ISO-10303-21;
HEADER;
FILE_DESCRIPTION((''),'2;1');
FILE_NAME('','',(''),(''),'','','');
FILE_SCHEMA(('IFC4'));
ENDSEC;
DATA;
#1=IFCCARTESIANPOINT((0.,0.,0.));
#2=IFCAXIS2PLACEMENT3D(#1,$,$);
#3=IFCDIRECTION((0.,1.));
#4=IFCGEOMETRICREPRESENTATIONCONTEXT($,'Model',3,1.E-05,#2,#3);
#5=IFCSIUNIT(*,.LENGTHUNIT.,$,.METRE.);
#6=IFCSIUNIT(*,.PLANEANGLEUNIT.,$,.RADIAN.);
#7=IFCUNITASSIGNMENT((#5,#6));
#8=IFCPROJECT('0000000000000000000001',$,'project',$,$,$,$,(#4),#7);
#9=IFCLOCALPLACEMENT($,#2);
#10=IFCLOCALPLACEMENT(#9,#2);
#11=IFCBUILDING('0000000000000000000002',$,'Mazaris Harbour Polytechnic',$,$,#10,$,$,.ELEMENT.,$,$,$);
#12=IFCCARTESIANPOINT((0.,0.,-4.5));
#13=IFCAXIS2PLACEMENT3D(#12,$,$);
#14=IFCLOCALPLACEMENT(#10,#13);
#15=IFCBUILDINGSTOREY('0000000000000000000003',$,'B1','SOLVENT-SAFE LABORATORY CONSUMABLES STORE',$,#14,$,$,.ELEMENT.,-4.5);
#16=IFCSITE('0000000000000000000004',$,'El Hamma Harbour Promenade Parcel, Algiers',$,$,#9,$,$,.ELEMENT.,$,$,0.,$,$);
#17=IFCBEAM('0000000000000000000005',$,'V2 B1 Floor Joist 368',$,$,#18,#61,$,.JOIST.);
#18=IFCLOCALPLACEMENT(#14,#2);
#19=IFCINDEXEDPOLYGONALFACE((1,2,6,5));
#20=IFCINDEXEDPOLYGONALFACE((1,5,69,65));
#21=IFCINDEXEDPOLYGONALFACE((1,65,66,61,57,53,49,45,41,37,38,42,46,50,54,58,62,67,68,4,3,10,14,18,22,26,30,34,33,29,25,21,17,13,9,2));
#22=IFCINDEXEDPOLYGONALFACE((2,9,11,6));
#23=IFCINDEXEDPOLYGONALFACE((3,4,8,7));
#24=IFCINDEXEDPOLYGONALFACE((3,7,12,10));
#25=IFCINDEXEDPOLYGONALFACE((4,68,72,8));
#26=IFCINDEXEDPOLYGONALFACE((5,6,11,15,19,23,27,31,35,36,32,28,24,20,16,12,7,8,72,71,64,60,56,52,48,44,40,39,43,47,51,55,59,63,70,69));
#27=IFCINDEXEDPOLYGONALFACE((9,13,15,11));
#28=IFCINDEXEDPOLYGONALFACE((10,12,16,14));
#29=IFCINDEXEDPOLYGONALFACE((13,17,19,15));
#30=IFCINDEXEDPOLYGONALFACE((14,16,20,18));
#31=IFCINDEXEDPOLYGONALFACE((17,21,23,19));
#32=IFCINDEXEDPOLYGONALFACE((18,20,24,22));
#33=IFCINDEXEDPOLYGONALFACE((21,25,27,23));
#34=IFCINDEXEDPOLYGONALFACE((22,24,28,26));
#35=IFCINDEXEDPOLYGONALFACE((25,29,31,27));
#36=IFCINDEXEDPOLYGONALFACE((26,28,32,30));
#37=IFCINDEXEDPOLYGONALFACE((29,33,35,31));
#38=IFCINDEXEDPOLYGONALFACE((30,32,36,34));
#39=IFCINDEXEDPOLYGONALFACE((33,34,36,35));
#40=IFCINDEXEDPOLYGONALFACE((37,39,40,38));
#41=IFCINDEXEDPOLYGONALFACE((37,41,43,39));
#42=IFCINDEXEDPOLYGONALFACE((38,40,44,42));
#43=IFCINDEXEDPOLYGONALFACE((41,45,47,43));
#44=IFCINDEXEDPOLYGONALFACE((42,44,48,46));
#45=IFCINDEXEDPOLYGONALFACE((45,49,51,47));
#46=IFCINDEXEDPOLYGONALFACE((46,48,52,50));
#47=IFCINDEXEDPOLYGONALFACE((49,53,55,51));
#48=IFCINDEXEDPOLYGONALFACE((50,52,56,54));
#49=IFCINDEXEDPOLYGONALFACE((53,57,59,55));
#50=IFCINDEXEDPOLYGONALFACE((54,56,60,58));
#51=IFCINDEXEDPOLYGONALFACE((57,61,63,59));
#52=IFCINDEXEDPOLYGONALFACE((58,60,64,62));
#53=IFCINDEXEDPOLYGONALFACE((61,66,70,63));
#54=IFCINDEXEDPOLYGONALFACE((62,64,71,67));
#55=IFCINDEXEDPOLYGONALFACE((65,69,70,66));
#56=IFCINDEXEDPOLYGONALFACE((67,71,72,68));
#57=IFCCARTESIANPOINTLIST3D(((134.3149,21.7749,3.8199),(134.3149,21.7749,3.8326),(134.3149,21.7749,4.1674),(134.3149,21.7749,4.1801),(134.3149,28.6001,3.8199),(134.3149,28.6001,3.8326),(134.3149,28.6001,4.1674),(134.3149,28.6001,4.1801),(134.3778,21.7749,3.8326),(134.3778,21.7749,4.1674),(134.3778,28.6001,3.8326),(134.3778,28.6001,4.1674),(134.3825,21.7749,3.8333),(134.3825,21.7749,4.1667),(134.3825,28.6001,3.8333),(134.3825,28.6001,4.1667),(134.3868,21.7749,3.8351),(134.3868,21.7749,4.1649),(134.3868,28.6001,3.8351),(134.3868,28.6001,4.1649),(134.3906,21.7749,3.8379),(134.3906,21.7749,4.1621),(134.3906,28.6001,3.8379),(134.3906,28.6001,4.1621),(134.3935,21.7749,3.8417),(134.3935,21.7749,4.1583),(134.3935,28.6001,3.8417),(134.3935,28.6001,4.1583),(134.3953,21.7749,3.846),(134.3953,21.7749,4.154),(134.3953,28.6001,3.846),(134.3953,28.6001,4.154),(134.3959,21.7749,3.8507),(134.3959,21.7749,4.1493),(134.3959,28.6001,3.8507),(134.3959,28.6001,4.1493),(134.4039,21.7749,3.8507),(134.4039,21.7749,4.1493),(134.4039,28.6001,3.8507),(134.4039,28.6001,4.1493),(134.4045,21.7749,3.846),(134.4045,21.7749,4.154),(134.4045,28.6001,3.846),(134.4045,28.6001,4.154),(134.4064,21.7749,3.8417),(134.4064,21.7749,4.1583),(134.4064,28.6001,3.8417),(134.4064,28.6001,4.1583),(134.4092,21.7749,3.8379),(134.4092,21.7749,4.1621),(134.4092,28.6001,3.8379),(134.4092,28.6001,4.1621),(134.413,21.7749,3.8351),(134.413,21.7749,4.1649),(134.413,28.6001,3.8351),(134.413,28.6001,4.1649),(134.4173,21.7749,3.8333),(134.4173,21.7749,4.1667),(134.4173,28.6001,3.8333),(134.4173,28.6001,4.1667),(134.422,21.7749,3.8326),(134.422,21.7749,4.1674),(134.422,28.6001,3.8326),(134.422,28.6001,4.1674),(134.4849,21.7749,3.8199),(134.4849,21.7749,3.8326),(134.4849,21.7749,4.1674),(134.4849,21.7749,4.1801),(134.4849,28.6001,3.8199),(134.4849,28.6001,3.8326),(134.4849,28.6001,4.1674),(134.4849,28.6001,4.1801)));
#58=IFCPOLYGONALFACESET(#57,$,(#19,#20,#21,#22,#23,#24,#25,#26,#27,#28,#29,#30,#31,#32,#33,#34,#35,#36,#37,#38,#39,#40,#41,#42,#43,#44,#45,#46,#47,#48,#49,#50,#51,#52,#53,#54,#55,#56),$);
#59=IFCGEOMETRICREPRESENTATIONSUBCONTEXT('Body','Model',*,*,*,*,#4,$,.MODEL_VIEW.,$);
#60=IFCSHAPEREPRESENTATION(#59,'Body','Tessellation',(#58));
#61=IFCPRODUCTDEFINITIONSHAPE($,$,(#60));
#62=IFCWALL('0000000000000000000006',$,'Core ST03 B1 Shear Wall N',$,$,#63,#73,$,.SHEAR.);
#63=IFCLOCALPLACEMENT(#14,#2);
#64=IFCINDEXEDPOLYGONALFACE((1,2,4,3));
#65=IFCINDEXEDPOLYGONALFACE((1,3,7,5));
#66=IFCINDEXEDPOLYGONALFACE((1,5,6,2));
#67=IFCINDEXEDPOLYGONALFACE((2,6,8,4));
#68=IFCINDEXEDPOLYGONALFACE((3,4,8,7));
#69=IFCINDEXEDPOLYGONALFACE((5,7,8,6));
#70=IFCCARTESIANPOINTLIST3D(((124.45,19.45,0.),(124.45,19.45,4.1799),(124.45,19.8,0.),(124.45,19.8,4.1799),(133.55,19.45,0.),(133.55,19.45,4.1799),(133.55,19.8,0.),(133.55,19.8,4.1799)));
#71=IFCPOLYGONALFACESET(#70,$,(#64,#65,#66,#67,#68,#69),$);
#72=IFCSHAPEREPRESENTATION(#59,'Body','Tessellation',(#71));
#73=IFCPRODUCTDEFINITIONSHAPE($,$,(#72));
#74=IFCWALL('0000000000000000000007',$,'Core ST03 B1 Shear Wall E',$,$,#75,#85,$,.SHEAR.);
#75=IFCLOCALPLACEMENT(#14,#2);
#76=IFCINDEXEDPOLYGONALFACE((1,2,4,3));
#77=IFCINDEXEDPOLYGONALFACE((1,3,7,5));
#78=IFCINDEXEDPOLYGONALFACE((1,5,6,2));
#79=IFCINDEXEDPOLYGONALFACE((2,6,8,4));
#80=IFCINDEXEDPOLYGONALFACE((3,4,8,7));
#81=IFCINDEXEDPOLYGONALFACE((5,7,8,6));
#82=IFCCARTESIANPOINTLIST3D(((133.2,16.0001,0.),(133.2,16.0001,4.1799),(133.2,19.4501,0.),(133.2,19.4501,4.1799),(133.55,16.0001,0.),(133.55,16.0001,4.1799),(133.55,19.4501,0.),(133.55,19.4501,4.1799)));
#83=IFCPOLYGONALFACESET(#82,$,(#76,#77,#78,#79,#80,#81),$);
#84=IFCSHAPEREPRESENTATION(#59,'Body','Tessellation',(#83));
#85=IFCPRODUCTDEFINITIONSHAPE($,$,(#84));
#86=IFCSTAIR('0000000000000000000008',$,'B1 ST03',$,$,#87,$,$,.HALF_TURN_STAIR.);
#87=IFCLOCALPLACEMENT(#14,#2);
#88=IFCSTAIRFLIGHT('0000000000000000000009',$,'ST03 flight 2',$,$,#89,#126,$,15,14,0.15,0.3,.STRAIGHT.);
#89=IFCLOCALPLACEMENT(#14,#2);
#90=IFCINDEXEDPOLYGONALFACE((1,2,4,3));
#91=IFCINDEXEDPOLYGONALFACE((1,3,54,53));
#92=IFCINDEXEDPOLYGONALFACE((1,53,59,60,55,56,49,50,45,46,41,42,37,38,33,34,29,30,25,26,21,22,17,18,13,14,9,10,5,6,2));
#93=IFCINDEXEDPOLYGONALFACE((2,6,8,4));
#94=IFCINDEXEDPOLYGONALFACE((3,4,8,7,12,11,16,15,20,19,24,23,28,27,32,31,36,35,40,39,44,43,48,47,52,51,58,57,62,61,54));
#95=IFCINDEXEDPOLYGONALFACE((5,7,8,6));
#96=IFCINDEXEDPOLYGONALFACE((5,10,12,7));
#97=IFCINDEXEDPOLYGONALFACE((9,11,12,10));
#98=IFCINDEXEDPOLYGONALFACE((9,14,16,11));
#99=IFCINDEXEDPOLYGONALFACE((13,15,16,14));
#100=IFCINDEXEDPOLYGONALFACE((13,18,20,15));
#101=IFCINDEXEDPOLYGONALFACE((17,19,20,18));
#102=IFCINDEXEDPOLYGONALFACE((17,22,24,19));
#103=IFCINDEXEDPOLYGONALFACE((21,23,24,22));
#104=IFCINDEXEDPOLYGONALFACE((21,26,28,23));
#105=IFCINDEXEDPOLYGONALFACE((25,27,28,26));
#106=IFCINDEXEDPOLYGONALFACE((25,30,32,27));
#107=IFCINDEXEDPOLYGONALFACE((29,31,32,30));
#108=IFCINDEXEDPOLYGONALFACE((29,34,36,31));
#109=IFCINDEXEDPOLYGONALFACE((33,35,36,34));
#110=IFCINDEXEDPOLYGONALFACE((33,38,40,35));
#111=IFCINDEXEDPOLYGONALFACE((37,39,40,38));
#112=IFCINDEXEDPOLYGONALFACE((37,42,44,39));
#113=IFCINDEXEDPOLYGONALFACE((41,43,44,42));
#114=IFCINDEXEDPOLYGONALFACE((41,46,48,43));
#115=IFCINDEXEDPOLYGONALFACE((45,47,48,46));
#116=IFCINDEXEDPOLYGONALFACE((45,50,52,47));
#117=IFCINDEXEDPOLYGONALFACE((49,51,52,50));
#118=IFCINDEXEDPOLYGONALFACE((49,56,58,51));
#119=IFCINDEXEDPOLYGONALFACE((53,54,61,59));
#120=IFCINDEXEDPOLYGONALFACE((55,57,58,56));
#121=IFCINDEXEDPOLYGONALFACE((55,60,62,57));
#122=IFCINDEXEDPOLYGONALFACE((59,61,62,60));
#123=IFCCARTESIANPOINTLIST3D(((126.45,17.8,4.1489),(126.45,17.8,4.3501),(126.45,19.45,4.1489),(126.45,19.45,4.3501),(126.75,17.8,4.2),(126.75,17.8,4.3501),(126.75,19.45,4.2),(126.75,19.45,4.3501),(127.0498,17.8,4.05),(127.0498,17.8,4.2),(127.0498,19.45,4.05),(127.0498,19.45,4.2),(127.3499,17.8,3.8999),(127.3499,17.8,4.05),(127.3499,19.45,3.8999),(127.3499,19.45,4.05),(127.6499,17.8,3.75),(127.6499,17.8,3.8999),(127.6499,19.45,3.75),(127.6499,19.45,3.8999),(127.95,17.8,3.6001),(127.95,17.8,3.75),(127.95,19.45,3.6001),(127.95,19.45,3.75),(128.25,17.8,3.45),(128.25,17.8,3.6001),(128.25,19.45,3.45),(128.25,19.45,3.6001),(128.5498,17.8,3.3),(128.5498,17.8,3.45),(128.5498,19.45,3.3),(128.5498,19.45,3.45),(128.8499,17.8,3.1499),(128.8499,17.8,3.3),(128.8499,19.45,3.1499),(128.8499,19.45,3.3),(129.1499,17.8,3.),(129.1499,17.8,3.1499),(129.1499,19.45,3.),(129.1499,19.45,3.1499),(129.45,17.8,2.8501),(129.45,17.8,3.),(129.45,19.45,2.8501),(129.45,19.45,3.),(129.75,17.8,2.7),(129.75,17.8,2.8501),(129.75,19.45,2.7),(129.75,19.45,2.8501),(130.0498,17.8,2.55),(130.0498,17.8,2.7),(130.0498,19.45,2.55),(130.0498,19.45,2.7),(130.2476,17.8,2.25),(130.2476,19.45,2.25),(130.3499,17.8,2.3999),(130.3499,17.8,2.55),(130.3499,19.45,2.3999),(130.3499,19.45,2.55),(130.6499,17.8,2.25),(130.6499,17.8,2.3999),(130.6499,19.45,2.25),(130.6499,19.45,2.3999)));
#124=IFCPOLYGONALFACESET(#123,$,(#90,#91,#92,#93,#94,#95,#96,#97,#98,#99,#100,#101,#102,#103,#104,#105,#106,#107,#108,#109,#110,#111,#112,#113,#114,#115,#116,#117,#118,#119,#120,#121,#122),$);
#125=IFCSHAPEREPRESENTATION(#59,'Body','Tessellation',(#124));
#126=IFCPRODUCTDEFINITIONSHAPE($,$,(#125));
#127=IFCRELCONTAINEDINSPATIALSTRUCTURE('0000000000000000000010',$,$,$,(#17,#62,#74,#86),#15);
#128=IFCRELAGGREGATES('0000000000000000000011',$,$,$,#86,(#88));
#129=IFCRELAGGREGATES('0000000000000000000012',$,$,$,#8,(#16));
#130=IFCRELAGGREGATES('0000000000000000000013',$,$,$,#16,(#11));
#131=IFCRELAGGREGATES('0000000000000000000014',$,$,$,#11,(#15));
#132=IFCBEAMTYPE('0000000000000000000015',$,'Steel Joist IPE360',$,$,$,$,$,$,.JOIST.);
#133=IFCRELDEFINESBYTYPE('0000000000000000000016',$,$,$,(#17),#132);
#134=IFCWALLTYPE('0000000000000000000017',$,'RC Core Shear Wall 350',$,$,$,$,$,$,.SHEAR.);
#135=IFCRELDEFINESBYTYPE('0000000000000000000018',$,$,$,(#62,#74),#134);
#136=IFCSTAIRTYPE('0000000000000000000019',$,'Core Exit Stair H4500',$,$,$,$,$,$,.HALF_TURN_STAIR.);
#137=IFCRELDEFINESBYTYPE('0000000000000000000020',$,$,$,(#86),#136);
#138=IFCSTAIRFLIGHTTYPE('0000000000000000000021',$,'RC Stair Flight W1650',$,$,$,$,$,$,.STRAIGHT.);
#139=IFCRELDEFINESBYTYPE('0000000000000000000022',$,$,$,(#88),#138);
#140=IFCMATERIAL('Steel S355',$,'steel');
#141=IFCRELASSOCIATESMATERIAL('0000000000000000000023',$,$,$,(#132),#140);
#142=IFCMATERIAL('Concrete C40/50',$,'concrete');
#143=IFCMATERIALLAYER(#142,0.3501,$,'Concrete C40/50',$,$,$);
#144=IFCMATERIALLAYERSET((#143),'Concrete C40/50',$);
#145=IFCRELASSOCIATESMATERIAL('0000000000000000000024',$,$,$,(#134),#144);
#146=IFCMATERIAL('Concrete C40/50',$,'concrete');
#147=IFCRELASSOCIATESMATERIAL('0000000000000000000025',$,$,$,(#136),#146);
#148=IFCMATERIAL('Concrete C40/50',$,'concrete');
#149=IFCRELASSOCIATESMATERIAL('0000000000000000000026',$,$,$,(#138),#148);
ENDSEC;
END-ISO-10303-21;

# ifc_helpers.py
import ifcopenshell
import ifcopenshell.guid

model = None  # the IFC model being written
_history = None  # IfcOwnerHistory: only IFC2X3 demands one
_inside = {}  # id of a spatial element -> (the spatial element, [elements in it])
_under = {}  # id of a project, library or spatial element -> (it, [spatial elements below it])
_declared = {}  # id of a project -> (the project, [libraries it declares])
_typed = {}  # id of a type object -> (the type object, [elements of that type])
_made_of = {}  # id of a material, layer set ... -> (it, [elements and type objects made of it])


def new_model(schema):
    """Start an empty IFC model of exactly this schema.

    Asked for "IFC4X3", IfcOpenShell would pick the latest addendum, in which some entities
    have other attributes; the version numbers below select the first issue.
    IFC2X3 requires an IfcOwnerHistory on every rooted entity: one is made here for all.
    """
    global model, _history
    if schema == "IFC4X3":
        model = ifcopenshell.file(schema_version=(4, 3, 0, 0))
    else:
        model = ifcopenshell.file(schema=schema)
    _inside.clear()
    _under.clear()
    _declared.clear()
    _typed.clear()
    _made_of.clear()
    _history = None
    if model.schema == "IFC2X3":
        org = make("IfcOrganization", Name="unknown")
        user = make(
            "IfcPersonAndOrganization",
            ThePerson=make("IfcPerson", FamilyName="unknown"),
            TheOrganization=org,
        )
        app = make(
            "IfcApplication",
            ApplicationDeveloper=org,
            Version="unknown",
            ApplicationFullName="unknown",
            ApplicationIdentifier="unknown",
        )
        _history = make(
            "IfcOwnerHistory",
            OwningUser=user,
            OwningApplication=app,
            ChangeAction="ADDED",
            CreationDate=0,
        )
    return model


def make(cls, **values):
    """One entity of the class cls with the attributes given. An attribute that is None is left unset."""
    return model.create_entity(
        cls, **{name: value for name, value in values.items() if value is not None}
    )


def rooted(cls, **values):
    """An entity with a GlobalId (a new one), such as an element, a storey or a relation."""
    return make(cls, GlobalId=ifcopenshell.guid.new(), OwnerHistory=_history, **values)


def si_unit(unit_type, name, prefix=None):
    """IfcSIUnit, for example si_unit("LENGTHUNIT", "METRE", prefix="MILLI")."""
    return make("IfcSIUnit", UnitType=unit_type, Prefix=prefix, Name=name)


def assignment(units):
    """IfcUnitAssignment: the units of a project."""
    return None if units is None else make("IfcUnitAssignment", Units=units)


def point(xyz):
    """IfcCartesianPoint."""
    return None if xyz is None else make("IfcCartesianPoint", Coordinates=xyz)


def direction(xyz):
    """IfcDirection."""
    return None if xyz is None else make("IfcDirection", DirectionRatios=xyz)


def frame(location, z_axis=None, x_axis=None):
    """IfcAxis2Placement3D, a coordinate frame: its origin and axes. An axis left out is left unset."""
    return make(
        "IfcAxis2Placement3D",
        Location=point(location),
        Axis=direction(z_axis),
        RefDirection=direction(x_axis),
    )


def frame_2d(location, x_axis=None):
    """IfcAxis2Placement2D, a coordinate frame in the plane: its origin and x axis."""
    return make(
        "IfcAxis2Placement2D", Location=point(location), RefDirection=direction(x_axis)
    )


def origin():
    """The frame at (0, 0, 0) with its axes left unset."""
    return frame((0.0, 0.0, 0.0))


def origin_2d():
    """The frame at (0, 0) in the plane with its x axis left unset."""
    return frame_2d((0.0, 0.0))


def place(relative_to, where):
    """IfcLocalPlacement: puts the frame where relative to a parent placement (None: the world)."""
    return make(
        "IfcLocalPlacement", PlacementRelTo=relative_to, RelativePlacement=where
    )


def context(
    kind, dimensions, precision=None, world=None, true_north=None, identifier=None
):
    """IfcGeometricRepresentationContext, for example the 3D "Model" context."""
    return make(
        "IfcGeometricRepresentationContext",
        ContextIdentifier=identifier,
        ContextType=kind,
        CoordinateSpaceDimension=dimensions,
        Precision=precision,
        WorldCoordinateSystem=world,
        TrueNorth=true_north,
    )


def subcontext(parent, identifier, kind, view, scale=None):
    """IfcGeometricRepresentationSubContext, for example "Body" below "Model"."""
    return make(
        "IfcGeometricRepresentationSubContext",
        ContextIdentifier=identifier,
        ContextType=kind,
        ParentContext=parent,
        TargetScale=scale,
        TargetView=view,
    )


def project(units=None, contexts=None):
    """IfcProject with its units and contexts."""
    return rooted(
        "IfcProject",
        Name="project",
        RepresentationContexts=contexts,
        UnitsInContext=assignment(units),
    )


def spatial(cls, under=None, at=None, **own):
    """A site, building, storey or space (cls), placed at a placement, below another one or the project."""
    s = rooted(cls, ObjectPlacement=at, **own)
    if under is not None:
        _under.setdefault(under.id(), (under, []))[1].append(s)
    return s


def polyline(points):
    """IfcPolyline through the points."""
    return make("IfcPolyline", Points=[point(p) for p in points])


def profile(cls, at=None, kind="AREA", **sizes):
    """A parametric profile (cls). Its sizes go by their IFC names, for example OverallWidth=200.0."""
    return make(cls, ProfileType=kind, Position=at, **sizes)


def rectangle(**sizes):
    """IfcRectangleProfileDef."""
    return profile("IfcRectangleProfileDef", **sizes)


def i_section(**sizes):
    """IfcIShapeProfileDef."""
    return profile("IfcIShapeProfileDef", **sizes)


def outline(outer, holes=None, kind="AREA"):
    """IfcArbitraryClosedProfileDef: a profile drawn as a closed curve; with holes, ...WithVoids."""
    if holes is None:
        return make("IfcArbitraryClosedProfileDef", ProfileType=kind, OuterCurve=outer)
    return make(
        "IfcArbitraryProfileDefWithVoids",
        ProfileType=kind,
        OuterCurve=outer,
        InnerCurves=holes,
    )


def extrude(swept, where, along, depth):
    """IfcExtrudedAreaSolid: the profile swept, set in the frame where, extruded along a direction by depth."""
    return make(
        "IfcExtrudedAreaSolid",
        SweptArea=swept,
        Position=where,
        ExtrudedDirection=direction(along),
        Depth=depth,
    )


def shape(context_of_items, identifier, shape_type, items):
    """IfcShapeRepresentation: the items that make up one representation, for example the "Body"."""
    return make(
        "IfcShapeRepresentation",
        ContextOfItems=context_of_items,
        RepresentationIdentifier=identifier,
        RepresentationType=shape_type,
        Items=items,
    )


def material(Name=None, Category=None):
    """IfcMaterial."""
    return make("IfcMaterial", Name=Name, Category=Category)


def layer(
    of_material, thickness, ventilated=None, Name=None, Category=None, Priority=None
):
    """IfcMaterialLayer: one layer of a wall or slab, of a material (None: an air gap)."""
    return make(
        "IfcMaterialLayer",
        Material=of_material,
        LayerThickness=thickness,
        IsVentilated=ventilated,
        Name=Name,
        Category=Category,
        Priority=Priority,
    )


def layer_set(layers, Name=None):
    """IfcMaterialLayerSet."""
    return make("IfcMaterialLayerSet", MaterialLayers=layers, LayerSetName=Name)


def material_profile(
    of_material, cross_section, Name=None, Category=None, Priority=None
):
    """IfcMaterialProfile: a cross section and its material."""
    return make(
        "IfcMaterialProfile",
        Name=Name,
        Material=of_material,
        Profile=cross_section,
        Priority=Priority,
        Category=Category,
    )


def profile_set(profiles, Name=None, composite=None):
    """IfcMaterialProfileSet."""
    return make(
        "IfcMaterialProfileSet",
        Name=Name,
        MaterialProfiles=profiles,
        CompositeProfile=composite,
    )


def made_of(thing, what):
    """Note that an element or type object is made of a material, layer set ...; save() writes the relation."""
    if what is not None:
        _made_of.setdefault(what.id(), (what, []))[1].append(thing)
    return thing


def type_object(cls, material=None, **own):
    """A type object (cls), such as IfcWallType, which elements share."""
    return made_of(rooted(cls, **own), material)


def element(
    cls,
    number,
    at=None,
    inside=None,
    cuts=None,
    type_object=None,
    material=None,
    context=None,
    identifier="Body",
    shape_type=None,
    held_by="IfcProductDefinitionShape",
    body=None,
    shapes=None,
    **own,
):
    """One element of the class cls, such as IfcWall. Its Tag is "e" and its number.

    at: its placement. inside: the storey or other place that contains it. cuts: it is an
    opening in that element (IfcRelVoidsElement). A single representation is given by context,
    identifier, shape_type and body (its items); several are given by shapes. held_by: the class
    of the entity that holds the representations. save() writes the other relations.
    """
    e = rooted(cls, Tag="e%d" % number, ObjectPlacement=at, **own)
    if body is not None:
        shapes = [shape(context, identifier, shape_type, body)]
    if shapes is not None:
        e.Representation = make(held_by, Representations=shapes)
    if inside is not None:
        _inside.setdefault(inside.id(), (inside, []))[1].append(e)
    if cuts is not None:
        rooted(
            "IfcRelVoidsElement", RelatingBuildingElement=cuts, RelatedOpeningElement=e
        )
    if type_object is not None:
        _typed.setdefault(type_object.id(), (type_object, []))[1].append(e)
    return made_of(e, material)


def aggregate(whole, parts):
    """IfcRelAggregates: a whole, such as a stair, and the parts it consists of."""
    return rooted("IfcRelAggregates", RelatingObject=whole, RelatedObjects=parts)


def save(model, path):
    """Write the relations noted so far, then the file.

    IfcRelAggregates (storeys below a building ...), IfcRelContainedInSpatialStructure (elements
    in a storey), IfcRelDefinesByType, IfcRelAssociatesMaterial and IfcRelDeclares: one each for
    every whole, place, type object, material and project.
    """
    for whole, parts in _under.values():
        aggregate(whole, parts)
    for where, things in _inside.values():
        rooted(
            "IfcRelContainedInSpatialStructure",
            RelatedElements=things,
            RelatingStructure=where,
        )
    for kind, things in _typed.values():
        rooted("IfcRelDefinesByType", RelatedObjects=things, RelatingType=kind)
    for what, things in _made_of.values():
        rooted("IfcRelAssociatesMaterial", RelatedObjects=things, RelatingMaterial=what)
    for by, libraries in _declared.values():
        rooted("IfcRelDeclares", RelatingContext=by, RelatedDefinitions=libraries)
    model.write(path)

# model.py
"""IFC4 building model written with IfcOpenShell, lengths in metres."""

from ifc_helpers import new_model, si_unit, direction, frame, frame_2d, origin, origin_2d, place, context, subcontext, project, spatial, polyline, rectangle, i_section, outline, extrude, material, layer, layer_set, material_profile, profile_set, type_object, element, aggregate, save


model = new_model("IFC4")

# Units and contexts
model_context = context("Model", 3, precision=1e-05, world=origin(), true_north=direction((0.0, 1.0)))
body_context = subcontext(model_context, "Body", "Model", "MODEL_VIEW")
ifc_project = project(units=[si_unit("LENGTHUNIT", "METRE"), si_unit("PLANEANGLEUNIT", "RADIAN")], contexts=[model_context])

# Site, building, storey
site_placement = place(None, origin())
site = spatial("IfcSite", under=ifc_project, at=site_placement, Name="El Hamma Harbour Promenade Parcel, Algiers", CompositionType="ELEMENT", RefElevation=0.0)
building_placement = place(site_placement, origin())
building = spatial("IfcBuilding", under=site, at=building_placement, Name="Mazaris Harbour Polytechnic", CompositionType="ELEMENT")
storey_placement = place(building_placement, frame((0.0, 0.0, -4.5)))
storey = spatial("IfcBuildingStorey", under=building, at=storey_placement, Name="B1", Description="SOLVENT-SAFE LABORATORY CONSUMABLES STORE", CompositionType="ELEMENT", Elevation=-4.5)

# Beam
ifc_material_1 = material(Name="Steel S355", Category="steel")
ifc_material_profile_1 = material_profile(ifc_material_1, i_section(OverallWidth=0.1699, OverallDepth=0.3601, WebThickness=0.0081, FlangeThickness=0.0127, FilletRadius=0.0181, at=origin_2d()), Name="IPE 360")
ifc_profile_set_1 = profile_set([ifc_material_profile_1], Name="Steel S355")
beam_type_1 = type_object("IfcBeamType", Name="Steel Joist IPE360", PredefinedType="JOIST", material=ifc_profile_set_1)
beam_1_placement = place(storey_placement, frame((134.3999, 21.7749, 4.0), z_axis=(0.0, 1.0, 0.0), x_axis=(-1.0, 0.0, 0.0)))
element("IfcBeam", 1, at=beam_1_placement, inside=storey, type_object=beam_type_1, Name="V2 B1 Floor Joist 368", PredefinedType="JOIST", context=body_context, shape_type="SweptSolid", body=[
    extrude(i_section(OverallWidth=0.1699, OverallDepth=0.3601, WebThickness=0.0081, FlangeThickness=0.0127, FilletRadius=0.0181, at=origin_2d()), origin(), (0.0, 0.0, 1.0), 6.8252),
])

# Walls
ifc_material_2 = material(Name="Concrete C40/50", Category="concrete")
ifc_layer = layer(ifc_material_2, 0.3501, Name="Concrete C40/50")
ifc_layer_set = layer_set([ifc_layer], Name="Concrete C40/50")
wall_type = type_object("IfcWallType", Name="RC Core Shear Wall 350", PredefinedType="SHEAR", material=ifc_layer_set)
wall_1_placement = place(storey_placement, frame((133.55, 19.625, 0.0), z_axis=(0.0, 0.0, 1.0), x_axis=(-1.0, 0.0, 0.0)))
element("IfcWall", 2, at=wall_1_placement, inside=storey, type_object=wall_type, Name="Core ST03 B1 Shear Wall N", PredefinedType="SHEAR", context=body_context, shape_type="SweptSolid", body=[
    extrude(rectangle(XDim=9.1001, YDim=0.3501, at=frame_2d((4.55, 0.0))), origin(), (0.0, 0.0, 1.0), 4.1799),
])
wall_2_placement = place(storey_placement, frame((133.375, 16.0, 0.0), z_axis=(0.0, 0.0, 1.0), x_axis=(0.0, 1.0, 0.0)))
element("IfcWall", 3, at=wall_2_placement, inside=storey, type_object=wall_type, Name="Core ST03 B1 Shear Wall E", PredefinedType="SHEAR", context=body_context, shape_type="SweptSolid", body=[
    extrude(rectangle(XDim=3.45, YDim=0.3501, at=frame_2d((1.7251, 0.0))), origin(), (0.0, 0.0, 1.0), 4.1799),
])

# Stair, stair flight
ifc_material_3 = material(Name="Concrete C40/50", Category="concrete")
stair_type = type_object("IfcStairType", Name="Core Exit Stair H4500", PredefinedType="HALF_TURN_STAIR", material=ifc_material_3)
stair_placement = place(storey_placement, origin())
stair = element("IfcStair", 4, at=stair_placement, inside=storey, type_object=stair_type, Name="B1 ST03", PredefinedType="HALF_TURN_STAIR")
ifc_material_4 = material(Name="Concrete C40/50", Category="concrete")
stair_flight_type = type_object("IfcStairFlightType", Name="RC Stair Flight W1650", PredefinedType="STRAIGHT", material=ifc_material_4)
stair_flight_placement = place(storey_placement, frame((130.6499, 18.625, 2.25), z_axis=(0.0, 0.0, 1.0), x_axis=(-1.0, 0.0, 0.0)))
stair_flight = element("IfcStairFlight", 5, at=stair_flight_placement, type_object=stair_flight_type, Name="ST03 flight 2", NumberOfRisers=15, NumberOfTreads=14, PredefinedType="STRAIGHT", RiserHeight=0.15, TreadLength=0.3, context=body_context, shape_type="SweptSolid", body=[
    extrude(outline(polyline([(0.0, 0.0), (0.0, 0.1499), (0.3, 0.1499), (0.3, 0.3), (0.6001, 0.3), (0.6001, 0.45), (0.8999, 0.45), (0.8999, 0.6001), (1.2, 0.6001), (1.2, 0.75), (1.5, 0.75), (1.5, 0.8999), (1.8, 0.8999), (1.8, 1.05), (2.1001, 1.05), (2.1001, 1.2), (2.3999, 1.2), (2.3999, 1.3501), (2.7, 1.3501), (2.7, 1.5), (3.0, 1.5), (3.0, 1.6499), (3.3, 1.6499), (3.3, 1.8), (3.6001, 1.8), (3.6001, 1.95), (3.8999, 1.95), (3.8999, 2.1001), (4.2, 2.1001), (4.2, 2.25), (4.2, 1.8989), (0.4023, 0.0), (0.0, 0.0)])), frame((0.0, 0.825, 0.0), z_axis=(0.0, -1.0, 0.0), x_axis=(1.0, 0.0, 0.0)), (0.0, 0.0, 1.0), 1.6499),
])
aggregate(stair, [stair_flight])

save(model, "model.ifc")
